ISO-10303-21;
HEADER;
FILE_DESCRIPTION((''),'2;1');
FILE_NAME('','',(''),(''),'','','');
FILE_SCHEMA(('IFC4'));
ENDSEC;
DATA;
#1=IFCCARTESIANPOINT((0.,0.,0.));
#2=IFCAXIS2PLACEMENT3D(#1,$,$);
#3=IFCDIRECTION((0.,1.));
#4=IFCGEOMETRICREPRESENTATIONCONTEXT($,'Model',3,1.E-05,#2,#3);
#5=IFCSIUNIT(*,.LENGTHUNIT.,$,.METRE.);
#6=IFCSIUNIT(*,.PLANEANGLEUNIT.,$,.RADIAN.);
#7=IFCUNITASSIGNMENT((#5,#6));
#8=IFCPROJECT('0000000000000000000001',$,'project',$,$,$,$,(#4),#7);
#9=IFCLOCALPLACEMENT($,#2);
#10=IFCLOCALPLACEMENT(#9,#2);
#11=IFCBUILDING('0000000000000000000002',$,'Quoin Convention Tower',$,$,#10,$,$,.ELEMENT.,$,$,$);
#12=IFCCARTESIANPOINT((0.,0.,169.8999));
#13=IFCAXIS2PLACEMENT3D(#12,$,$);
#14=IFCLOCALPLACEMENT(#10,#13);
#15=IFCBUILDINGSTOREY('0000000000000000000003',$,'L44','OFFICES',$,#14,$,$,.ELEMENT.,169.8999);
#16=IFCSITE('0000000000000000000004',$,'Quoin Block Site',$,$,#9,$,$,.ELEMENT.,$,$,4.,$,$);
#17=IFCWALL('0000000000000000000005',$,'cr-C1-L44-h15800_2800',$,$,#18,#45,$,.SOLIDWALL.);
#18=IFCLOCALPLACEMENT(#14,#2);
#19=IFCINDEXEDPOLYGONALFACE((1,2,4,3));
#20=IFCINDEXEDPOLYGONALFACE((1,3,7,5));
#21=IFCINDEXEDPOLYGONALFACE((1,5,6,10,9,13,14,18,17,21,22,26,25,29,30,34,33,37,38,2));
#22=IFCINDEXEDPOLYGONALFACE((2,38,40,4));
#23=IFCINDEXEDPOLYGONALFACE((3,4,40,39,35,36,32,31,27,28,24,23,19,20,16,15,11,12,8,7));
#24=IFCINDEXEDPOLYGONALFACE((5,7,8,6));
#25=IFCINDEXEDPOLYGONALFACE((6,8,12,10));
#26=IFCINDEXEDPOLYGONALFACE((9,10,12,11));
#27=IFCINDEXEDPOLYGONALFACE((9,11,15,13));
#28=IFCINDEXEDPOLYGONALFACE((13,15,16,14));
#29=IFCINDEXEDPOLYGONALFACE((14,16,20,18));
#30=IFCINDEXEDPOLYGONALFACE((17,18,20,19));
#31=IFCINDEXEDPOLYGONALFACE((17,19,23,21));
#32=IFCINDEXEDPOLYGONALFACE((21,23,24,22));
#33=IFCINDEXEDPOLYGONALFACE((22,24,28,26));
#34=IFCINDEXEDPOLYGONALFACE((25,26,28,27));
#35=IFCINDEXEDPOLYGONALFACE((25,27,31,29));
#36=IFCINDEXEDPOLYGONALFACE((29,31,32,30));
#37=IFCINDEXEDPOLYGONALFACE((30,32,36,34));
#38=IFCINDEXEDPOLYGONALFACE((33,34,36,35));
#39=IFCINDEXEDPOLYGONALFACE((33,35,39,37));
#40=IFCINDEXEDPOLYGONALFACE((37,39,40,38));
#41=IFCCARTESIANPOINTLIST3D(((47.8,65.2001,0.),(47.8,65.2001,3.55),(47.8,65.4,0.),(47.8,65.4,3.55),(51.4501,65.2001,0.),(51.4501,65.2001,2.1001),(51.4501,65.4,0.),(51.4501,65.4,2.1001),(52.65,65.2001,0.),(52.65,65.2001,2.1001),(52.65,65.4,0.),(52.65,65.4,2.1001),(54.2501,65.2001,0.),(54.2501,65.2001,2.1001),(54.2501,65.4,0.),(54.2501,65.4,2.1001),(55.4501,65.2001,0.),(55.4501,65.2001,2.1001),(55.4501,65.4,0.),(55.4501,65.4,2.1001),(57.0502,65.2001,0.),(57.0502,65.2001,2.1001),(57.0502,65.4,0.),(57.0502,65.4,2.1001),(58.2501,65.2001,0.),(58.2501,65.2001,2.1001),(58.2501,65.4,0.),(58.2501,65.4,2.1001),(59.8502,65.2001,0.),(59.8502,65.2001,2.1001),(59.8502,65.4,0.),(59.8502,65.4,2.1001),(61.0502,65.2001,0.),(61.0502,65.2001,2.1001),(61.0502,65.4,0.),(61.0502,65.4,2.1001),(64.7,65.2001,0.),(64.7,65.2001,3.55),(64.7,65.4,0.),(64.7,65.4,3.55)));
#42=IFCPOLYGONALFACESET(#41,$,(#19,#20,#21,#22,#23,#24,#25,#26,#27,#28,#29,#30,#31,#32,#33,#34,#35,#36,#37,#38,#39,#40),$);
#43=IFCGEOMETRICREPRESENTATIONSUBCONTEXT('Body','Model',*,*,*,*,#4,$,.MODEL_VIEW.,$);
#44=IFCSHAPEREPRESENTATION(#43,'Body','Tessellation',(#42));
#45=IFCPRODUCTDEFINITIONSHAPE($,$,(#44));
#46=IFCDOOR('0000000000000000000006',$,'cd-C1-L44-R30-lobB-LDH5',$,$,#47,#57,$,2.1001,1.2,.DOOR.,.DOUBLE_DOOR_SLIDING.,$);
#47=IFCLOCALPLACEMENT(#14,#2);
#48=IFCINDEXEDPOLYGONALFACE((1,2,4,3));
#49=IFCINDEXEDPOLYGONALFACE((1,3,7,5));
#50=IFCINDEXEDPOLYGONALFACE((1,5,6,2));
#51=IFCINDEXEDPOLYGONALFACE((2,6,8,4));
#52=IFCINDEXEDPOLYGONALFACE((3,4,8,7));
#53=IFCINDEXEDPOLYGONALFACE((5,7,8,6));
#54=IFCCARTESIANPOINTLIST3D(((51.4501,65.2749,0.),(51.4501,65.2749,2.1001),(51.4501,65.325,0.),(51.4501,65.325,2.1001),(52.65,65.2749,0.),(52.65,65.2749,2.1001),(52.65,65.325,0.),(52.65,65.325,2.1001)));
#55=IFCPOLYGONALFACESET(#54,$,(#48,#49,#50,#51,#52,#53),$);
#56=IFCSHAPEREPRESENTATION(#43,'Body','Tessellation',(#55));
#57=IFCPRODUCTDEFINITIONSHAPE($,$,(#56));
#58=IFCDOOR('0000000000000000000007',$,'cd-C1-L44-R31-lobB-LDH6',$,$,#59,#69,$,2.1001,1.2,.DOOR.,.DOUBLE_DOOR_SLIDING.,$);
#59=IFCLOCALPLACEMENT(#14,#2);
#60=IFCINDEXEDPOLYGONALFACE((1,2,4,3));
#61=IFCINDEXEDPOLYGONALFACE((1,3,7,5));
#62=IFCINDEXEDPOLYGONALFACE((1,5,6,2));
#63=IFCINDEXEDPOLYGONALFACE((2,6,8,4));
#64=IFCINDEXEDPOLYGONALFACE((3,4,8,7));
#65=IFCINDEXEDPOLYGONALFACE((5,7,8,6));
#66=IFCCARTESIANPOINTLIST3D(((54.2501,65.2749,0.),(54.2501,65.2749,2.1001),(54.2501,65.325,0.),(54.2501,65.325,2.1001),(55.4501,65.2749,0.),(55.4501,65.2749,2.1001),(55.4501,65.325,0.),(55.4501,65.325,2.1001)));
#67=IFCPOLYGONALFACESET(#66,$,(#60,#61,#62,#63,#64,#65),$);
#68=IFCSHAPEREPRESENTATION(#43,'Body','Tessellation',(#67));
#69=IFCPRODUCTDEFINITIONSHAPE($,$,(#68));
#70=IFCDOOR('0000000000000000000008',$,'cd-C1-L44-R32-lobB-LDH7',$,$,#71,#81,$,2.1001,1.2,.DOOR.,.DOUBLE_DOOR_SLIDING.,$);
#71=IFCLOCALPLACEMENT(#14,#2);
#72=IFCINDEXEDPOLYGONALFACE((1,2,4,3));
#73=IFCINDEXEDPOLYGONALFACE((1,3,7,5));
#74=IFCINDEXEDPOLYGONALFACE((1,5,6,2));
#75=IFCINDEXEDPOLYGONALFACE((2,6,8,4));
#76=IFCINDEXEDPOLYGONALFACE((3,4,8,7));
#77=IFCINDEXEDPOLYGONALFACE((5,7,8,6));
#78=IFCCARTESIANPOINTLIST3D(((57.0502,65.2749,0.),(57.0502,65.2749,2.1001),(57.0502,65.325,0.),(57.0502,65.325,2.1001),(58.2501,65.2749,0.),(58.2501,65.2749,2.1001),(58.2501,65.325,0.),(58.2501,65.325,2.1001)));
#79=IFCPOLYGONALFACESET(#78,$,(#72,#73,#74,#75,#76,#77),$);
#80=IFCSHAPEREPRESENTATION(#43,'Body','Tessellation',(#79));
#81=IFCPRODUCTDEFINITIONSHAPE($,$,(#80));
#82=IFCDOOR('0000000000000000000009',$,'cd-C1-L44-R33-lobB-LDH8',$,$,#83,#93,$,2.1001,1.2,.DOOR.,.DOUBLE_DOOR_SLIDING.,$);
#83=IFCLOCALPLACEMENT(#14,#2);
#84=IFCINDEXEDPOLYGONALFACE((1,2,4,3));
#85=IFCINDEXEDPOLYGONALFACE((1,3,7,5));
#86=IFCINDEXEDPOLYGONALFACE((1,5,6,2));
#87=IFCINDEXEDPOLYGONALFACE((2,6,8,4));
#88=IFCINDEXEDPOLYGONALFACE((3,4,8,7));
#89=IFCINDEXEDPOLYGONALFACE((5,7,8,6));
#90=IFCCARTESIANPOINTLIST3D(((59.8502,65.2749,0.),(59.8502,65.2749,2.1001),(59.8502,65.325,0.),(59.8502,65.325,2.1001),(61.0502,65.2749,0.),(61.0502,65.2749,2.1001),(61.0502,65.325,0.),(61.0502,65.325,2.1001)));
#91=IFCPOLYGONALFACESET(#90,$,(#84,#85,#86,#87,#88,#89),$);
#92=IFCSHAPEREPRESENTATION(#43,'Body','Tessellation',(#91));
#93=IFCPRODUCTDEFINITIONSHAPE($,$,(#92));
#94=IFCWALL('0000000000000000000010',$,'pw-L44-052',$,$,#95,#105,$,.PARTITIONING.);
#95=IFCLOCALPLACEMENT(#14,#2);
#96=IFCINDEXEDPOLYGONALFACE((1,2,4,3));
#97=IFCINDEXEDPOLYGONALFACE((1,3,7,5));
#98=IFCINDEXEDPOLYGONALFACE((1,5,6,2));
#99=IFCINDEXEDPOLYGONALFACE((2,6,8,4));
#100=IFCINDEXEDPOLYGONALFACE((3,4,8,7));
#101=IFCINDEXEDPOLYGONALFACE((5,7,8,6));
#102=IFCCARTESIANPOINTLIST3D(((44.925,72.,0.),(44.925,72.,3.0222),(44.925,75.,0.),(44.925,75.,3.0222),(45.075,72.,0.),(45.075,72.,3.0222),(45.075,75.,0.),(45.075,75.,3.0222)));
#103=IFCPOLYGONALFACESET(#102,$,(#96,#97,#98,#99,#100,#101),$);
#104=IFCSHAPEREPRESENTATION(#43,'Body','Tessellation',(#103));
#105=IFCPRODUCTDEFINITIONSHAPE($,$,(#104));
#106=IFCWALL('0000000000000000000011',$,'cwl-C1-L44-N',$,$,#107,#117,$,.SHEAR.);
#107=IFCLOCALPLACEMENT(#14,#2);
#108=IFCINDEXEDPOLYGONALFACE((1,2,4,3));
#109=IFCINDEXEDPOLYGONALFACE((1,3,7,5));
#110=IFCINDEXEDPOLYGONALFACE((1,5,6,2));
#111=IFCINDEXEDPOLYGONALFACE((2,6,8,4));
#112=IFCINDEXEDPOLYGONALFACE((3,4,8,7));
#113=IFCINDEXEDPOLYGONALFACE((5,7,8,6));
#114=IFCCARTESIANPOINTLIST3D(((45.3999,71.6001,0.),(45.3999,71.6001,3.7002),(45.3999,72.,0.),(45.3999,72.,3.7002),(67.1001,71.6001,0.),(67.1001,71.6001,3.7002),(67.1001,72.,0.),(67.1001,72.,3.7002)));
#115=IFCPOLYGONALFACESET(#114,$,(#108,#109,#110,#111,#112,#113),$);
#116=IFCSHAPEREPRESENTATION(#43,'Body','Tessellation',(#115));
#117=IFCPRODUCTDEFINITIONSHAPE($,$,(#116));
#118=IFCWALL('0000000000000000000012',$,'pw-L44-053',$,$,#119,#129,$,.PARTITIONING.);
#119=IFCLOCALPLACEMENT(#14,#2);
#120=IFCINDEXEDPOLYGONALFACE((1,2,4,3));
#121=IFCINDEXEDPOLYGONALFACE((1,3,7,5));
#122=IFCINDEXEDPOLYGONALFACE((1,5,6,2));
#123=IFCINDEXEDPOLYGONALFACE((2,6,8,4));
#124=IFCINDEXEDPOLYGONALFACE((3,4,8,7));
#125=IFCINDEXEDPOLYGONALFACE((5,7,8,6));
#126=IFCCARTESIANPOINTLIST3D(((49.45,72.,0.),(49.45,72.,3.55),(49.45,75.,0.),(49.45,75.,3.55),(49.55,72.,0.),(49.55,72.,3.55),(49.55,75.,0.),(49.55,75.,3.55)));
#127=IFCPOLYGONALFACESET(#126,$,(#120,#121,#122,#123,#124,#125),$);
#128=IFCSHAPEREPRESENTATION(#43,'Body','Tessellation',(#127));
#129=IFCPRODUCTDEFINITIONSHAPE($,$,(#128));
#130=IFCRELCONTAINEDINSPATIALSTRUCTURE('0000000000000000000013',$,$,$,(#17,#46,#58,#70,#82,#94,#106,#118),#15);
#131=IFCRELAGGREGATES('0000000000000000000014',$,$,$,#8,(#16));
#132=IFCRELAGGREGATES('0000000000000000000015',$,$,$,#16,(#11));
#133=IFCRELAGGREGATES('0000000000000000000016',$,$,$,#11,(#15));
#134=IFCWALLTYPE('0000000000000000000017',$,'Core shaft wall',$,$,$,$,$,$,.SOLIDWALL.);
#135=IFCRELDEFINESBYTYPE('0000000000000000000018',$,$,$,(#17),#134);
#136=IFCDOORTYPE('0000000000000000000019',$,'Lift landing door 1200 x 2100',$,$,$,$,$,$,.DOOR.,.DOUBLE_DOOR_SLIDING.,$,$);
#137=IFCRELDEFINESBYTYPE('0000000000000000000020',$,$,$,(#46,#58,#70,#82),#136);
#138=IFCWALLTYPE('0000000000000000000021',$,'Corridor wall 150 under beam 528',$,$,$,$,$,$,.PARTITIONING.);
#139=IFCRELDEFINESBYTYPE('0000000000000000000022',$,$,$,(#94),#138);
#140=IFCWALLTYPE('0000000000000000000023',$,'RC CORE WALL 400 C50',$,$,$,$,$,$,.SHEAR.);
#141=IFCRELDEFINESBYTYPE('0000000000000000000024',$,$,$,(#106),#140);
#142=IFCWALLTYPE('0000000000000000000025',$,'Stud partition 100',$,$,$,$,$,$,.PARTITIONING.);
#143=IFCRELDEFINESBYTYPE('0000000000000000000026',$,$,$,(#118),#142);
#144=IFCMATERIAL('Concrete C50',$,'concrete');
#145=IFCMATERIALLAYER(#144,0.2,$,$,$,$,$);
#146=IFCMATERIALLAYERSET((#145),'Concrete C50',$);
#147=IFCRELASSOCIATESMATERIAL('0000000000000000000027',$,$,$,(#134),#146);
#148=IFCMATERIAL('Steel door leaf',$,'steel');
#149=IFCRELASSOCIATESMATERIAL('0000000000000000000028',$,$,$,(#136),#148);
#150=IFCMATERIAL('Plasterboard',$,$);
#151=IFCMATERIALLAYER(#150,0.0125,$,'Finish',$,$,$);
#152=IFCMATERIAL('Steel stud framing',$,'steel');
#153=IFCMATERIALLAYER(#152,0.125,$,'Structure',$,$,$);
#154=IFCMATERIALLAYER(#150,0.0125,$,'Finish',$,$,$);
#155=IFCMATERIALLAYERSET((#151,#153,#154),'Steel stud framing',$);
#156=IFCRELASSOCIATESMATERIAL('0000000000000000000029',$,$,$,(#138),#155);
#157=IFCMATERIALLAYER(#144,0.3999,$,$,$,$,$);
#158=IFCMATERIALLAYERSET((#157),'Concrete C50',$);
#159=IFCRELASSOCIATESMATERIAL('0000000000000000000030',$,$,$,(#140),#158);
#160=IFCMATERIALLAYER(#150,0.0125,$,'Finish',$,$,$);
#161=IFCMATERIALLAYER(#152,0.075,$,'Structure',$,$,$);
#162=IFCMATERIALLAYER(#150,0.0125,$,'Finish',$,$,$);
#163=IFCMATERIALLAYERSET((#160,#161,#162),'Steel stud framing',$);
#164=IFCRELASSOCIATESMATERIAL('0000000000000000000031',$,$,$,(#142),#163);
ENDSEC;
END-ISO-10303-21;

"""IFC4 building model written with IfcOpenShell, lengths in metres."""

from ifc_helpers import new_model, si_unit, direction, frame, frame_2d, origin, place, context, subcontext, project, spatial, rectangle, extrude, material, layer, layer_set, type_object, element, fill, save


model = new_model("IFC4")

# Units and contexts
model_context = context("Model", 3, precision=1e-05, world=origin(), true_north=direction((0.0, 1.0)))
body_context = subcontext(model_context, "Body", "Model", "MODEL_VIEW")
ifc_project = project(units=[si_unit("LENGTHUNIT", "METRE"), si_unit("PLANEANGLEUNIT", "RADIAN")], contexts=[model_context])

# Site, building, storey
site_placement = place(None, origin())
site = spatial("IfcSite", under=ifc_project, at=site_placement, Name="Quoin Block Site", CompositionType="ELEMENT", RefElevation=4.0)
building_placement = place(site_placement, origin())
building = spatial("IfcBuilding", under=site, at=building_placement, Name="Quoin Convention Tower", CompositionType="ELEMENT")
storey_placement = place(building_placement, frame((0.0, 0.0, 169.8999)))
storey = spatial("IfcBuildingStorey", under=building, at=storey_placement, Name="L44", Description="OFFICES", CompositionType="ELEMENT", Elevation=169.8999)

# Shared definitions
ifc_material_1 = material(Name="Plasterboard")
ifc_material_2 = material(Name="Steel stud framing", Category="steel")
ifc_material_3 = material(Name="Steel door leaf", Category="steel")

# Shared definitions
ifc_material_4 = material(Name="Concrete C50", Category="concrete")
ifc_layer_1 = layer(ifc_material_4, 0.2)
ifc_layer_set_1 = layer_set([ifc_layer_1], Name="Concrete C50")
wall_type_1 = type_object("IfcWallType", Name="Core shaft wall", PredefinedType="SOLIDWALL", material=ifc_layer_set_1)

# Wall, openings, doors
wall_1_placement = place(storey_placement, frame((47.8, 65.3, 0.0), z_axis=(0.0, 0.0, 1.0), x_axis=(1.0, 0.0, 0.0)))
wall_1 = element("IfcWall", 1, at=wall_1_placement, inside=storey, type_object=wall_type_1, Name="cr-C1-L44-h15800_2800", PredefinedType="SOLIDWALL", context=body_context, shape_type="SweptSolid", body=[
    extrude(rectangle(XDim=16.8999, YDim=0.2, at=frame_2d((8.45, 0.0))), origin(), (0.0, 0.0, 1.0), 3.55),
])
opening_1_placement = place(wall_1_placement, frame((3.6499, 0.0, 0.0)))
opening_1 = element("IfcOpeningElement", 2, at=opening_1_placement, cuts=wall_1, PredefinedType="OPENING", context=body_context, shape_type="SweptSolid", body=[
    extrude(rectangle(XDim=1.2, YDim=2.1001, at=frame_2d((0.6001, 1.05))), frame((0.0, 0.1099, 0.0), z_axis=(0.0, -1.0, 0.0), x_axis=(1.0, 0.0, 0.0)), (0.0, 0.0, 1.0), 0.22),
])
opening_2_placement = place(wall_1_placement, frame((6.45, 0.0, 0.0)))
opening_2 = element("IfcOpeningElement", 3, at=opening_2_placement, cuts=wall_1, PredefinedType="OPENING", context=body_context, shape_type="SweptSolid", body=[
    extrude(rectangle(XDim=1.2, YDim=2.1001, at=frame_2d((0.6001, 1.05))), frame((0.0, 0.1099, 0.0), z_axis=(0.0, -1.0, 0.0), x_axis=(1.0, 0.0, 0.0)), (0.0, 0.0, 1.0), 0.22),
])
opening_3_placement = place(wall_1_placement, frame((9.25, 0.0, 0.0)))
opening_3 = element("IfcOpeningElement", 4, at=opening_3_placement, cuts=wall_1, PredefinedType="OPENING", context=body_context, shape_type="SweptSolid", body=[
    extrude(rectangle(XDim=1.2, YDim=2.1001, at=frame_2d((0.6001, 1.05))), frame((0.0, 0.1099, 0.0), z_axis=(0.0, -1.0, 0.0), x_axis=(1.0, 0.0, 0.0)), (0.0, 0.0, 1.0), 0.22),
])
opening_4_placement = place(wall_1_placement, frame((12.05, 0.0, 0.0)))
opening_4 = element("IfcOpeningElement", 5, at=opening_4_placement, cuts=wall_1, PredefinedType="OPENING", context=body_context, shape_type="SweptSolid", body=[
    extrude(rectangle(XDim=1.2, YDim=2.1001, at=frame_2d((0.6001, 1.05))), frame((0.0, 0.1099, 0.0), z_axis=(0.0, -1.0, 0.0), x_axis=(1.0, 0.0, 0.0)), (0.0, 0.0, 1.0), 0.22),
])
door_type_1 = type_object("IfcDoorType", Name="Lift landing door 1200 x 2100", OperationType="DOUBLE_DOOR_SLIDING", PredefinedType="DOOR", material=ifc_material_3)
door_1_placement = place(opening_1_placement, origin())
door_1 = element("IfcDoor", 6, at=door_1_placement, inside=storey, type_object=door_type_1, Name="cd-C1-L44-R30-lobB-LDH5", OperationType="DOUBLE_DOOR_SLIDING", OverallHeight=2.1001, OverallWidth=1.2, PredefinedType="DOOR", context=body_context, shape_type="SweptSolid", body=[
    extrude(rectangle(XDim=1.2, YDim=2.1001, at=frame_2d((0.6001, 1.05))), frame((0.0, 0.0249, 0.0), z_axis=(0.0, -1.0, 0.0), x_axis=(1.0, 0.0, 0.0)), (0.0, 0.0, 1.0), 0.05),
])
fill(opening_1, door_1)
door_2_placement = place(opening_2_placement, origin())
door_2 = element("IfcDoor", 7, at=door_2_placement, inside=storey, type_object=door_type_1, Name="cd-C1-L44-R31-lobB-LDH6", OperationType="DOUBLE_DOOR_SLIDING", OverallHeight=2.1001, OverallWidth=1.2, PredefinedType="DOOR", context=body_context, shape_type="SweptSolid", body=[
    extrude(rectangle(XDim=1.2, YDim=2.1001, at=frame_2d((0.6001, 1.05))), frame((0.0, 0.0249, 0.0), z_axis=(0.0, -1.0, 0.0), x_axis=(1.0, 0.0, 0.0)), (0.0, 0.0, 1.0), 0.05),
])
fill(opening_2, door_2)
door_3_placement = place(opening_3_placement, origin())
door_3 = element("IfcDoor", 8, at=door_3_placement, inside=storey, type_object=door_type_1, Name="cd-C1-L44-R32-lobB-LDH7", OperationType="DOUBLE_DOOR_SLIDING", OverallHeight=2.1001, OverallWidth=1.2, PredefinedType="DOOR", context=body_context, shape_type="SweptSolid", body=[
    extrude(rectangle(XDim=1.2, YDim=2.1001, at=frame_2d((0.6001, 1.05))), frame((0.0, 0.0249, 0.0), z_axis=(0.0, -1.0, 0.0), x_axis=(1.0, 0.0, 0.0)), (0.0, 0.0, 1.0), 0.05),
])
fill(opening_3, door_3)
door_4_placement = place(opening_4_placement, origin())
door_4 = element("IfcDoor", 9, at=door_4_placement, inside=storey, type_object=door_type_1, Name="cd-C1-L44-R33-lobB-LDH8", OperationType="DOUBLE_DOOR_SLIDING", OverallHeight=2.1001, OverallWidth=1.2, PredefinedType="DOOR", context=body_context, shape_type="SweptSolid", body=[
    extrude(rectangle(XDim=1.2, YDim=2.1001, at=frame_2d((0.6001, 1.05))), frame((0.0, 0.0249, 0.0), z_axis=(0.0, -1.0, 0.0), x_axis=(1.0, 0.0, 0.0)), (0.0, 0.0, 1.0), 0.05),
])
fill(opening_4, door_4)

# Walls
ifc_layer_2 = layer(ifc_material_1, 0.0125, Name="Finish")
ifc_layer_3 = layer(ifc_material_2, 0.125, Name="Structure")
ifc_layer_4 = layer(ifc_material_1, 0.0125, Name="Finish")
ifc_layer_set_2 = layer_set([ifc_layer_2, ifc_layer_3, ifc_layer_4], Name="Steel stud framing")
wall_type_2 = type_object("IfcWallType", Name="Corridor wall 150 under beam 528", PredefinedType="PARTITIONING", material=ifc_layer_set_2)
wall_2_placement = place(storey_placement, frame((45.0, 72.0, 0.0), z_axis=(0.0, 0.0, 1.0), x_axis=(0.0, 1.0, 0.0)))
element("IfcWall", 10, at=wall_2_placement, inside=storey, type_object=wall_type_2, Name="pw-L44-052", PredefinedType="PARTITIONING", context=body_context, shape_type="SweptSolid", body=[
    extrude(rectangle(XDim=3.0, YDim=0.1499, at=frame_2d((1.5, 0.0))), origin(), (0.0, 0.0, 1.0), 3.0222),
])
ifc_layer_5 = layer(ifc_material_4, 0.3999)
ifc_layer_set_3 = layer_set([ifc_layer_5], Name="Concrete C50")
wall_type_3 = type_object("IfcWallType", Name="RC CORE WALL 400 C50", PredefinedType="SHEAR", material=ifc_layer_set_3)
wall_3_placement = place(storey_placement, frame((45.3999, 71.8, 0.0), z_axis=(0.0, 0.0, 1.0), x_axis=(1.0, 0.0, 0.0)))
element("IfcWall", 11, at=wall_3_placement, inside=storey, type_object=wall_type_3, Name="cwl-C1-L44-N", PredefinedType="SHEAR", context=body_context, shape_type="SweptSolid", body=[
    extrude(rectangle(XDim=21.7002, YDim=0.3999, at=frame_2d((10.8501, 0.0))), origin(), (0.0, 0.0, 1.0), 3.7002),
])
ifc_layer_6 = layer(ifc_material_1, 0.0125, Name="Finish")
ifc_layer_7 = layer(ifc_material_2, 0.075, Name="Structure")
ifc_layer_8 = layer(ifc_material_1, 0.0125, Name="Finish")
ifc_layer_set_4 = layer_set([ifc_layer_6, ifc_layer_7, ifc_layer_8], Name="Steel stud framing")
wall_type_4 = type_object("IfcWallType", Name="Stud partition 100", PredefinedType="PARTITIONING", material=ifc_layer_set_4)
wall_4_placement = place(storey_placement, frame((49.5, 72.0, 0.0), z_axis=(0.0, 0.0, 1.0), x_axis=(0.0, 1.0, 0.0)))
element("IfcWall", 12, at=wall_4_placement, inside=storey, type_object=wall_type_4, Name="pw-L44-053", PredefinedType="PARTITIONING", context=body_context, shape_type="SweptSolid", body=[
    extrude(rectangle(XDim=3.0, YDim=0.1001, at=frame_2d((1.5, 0.0))), origin(), (0.0, 0.0, 1.0), 3.55),
])

save(model, "model.ifc")
